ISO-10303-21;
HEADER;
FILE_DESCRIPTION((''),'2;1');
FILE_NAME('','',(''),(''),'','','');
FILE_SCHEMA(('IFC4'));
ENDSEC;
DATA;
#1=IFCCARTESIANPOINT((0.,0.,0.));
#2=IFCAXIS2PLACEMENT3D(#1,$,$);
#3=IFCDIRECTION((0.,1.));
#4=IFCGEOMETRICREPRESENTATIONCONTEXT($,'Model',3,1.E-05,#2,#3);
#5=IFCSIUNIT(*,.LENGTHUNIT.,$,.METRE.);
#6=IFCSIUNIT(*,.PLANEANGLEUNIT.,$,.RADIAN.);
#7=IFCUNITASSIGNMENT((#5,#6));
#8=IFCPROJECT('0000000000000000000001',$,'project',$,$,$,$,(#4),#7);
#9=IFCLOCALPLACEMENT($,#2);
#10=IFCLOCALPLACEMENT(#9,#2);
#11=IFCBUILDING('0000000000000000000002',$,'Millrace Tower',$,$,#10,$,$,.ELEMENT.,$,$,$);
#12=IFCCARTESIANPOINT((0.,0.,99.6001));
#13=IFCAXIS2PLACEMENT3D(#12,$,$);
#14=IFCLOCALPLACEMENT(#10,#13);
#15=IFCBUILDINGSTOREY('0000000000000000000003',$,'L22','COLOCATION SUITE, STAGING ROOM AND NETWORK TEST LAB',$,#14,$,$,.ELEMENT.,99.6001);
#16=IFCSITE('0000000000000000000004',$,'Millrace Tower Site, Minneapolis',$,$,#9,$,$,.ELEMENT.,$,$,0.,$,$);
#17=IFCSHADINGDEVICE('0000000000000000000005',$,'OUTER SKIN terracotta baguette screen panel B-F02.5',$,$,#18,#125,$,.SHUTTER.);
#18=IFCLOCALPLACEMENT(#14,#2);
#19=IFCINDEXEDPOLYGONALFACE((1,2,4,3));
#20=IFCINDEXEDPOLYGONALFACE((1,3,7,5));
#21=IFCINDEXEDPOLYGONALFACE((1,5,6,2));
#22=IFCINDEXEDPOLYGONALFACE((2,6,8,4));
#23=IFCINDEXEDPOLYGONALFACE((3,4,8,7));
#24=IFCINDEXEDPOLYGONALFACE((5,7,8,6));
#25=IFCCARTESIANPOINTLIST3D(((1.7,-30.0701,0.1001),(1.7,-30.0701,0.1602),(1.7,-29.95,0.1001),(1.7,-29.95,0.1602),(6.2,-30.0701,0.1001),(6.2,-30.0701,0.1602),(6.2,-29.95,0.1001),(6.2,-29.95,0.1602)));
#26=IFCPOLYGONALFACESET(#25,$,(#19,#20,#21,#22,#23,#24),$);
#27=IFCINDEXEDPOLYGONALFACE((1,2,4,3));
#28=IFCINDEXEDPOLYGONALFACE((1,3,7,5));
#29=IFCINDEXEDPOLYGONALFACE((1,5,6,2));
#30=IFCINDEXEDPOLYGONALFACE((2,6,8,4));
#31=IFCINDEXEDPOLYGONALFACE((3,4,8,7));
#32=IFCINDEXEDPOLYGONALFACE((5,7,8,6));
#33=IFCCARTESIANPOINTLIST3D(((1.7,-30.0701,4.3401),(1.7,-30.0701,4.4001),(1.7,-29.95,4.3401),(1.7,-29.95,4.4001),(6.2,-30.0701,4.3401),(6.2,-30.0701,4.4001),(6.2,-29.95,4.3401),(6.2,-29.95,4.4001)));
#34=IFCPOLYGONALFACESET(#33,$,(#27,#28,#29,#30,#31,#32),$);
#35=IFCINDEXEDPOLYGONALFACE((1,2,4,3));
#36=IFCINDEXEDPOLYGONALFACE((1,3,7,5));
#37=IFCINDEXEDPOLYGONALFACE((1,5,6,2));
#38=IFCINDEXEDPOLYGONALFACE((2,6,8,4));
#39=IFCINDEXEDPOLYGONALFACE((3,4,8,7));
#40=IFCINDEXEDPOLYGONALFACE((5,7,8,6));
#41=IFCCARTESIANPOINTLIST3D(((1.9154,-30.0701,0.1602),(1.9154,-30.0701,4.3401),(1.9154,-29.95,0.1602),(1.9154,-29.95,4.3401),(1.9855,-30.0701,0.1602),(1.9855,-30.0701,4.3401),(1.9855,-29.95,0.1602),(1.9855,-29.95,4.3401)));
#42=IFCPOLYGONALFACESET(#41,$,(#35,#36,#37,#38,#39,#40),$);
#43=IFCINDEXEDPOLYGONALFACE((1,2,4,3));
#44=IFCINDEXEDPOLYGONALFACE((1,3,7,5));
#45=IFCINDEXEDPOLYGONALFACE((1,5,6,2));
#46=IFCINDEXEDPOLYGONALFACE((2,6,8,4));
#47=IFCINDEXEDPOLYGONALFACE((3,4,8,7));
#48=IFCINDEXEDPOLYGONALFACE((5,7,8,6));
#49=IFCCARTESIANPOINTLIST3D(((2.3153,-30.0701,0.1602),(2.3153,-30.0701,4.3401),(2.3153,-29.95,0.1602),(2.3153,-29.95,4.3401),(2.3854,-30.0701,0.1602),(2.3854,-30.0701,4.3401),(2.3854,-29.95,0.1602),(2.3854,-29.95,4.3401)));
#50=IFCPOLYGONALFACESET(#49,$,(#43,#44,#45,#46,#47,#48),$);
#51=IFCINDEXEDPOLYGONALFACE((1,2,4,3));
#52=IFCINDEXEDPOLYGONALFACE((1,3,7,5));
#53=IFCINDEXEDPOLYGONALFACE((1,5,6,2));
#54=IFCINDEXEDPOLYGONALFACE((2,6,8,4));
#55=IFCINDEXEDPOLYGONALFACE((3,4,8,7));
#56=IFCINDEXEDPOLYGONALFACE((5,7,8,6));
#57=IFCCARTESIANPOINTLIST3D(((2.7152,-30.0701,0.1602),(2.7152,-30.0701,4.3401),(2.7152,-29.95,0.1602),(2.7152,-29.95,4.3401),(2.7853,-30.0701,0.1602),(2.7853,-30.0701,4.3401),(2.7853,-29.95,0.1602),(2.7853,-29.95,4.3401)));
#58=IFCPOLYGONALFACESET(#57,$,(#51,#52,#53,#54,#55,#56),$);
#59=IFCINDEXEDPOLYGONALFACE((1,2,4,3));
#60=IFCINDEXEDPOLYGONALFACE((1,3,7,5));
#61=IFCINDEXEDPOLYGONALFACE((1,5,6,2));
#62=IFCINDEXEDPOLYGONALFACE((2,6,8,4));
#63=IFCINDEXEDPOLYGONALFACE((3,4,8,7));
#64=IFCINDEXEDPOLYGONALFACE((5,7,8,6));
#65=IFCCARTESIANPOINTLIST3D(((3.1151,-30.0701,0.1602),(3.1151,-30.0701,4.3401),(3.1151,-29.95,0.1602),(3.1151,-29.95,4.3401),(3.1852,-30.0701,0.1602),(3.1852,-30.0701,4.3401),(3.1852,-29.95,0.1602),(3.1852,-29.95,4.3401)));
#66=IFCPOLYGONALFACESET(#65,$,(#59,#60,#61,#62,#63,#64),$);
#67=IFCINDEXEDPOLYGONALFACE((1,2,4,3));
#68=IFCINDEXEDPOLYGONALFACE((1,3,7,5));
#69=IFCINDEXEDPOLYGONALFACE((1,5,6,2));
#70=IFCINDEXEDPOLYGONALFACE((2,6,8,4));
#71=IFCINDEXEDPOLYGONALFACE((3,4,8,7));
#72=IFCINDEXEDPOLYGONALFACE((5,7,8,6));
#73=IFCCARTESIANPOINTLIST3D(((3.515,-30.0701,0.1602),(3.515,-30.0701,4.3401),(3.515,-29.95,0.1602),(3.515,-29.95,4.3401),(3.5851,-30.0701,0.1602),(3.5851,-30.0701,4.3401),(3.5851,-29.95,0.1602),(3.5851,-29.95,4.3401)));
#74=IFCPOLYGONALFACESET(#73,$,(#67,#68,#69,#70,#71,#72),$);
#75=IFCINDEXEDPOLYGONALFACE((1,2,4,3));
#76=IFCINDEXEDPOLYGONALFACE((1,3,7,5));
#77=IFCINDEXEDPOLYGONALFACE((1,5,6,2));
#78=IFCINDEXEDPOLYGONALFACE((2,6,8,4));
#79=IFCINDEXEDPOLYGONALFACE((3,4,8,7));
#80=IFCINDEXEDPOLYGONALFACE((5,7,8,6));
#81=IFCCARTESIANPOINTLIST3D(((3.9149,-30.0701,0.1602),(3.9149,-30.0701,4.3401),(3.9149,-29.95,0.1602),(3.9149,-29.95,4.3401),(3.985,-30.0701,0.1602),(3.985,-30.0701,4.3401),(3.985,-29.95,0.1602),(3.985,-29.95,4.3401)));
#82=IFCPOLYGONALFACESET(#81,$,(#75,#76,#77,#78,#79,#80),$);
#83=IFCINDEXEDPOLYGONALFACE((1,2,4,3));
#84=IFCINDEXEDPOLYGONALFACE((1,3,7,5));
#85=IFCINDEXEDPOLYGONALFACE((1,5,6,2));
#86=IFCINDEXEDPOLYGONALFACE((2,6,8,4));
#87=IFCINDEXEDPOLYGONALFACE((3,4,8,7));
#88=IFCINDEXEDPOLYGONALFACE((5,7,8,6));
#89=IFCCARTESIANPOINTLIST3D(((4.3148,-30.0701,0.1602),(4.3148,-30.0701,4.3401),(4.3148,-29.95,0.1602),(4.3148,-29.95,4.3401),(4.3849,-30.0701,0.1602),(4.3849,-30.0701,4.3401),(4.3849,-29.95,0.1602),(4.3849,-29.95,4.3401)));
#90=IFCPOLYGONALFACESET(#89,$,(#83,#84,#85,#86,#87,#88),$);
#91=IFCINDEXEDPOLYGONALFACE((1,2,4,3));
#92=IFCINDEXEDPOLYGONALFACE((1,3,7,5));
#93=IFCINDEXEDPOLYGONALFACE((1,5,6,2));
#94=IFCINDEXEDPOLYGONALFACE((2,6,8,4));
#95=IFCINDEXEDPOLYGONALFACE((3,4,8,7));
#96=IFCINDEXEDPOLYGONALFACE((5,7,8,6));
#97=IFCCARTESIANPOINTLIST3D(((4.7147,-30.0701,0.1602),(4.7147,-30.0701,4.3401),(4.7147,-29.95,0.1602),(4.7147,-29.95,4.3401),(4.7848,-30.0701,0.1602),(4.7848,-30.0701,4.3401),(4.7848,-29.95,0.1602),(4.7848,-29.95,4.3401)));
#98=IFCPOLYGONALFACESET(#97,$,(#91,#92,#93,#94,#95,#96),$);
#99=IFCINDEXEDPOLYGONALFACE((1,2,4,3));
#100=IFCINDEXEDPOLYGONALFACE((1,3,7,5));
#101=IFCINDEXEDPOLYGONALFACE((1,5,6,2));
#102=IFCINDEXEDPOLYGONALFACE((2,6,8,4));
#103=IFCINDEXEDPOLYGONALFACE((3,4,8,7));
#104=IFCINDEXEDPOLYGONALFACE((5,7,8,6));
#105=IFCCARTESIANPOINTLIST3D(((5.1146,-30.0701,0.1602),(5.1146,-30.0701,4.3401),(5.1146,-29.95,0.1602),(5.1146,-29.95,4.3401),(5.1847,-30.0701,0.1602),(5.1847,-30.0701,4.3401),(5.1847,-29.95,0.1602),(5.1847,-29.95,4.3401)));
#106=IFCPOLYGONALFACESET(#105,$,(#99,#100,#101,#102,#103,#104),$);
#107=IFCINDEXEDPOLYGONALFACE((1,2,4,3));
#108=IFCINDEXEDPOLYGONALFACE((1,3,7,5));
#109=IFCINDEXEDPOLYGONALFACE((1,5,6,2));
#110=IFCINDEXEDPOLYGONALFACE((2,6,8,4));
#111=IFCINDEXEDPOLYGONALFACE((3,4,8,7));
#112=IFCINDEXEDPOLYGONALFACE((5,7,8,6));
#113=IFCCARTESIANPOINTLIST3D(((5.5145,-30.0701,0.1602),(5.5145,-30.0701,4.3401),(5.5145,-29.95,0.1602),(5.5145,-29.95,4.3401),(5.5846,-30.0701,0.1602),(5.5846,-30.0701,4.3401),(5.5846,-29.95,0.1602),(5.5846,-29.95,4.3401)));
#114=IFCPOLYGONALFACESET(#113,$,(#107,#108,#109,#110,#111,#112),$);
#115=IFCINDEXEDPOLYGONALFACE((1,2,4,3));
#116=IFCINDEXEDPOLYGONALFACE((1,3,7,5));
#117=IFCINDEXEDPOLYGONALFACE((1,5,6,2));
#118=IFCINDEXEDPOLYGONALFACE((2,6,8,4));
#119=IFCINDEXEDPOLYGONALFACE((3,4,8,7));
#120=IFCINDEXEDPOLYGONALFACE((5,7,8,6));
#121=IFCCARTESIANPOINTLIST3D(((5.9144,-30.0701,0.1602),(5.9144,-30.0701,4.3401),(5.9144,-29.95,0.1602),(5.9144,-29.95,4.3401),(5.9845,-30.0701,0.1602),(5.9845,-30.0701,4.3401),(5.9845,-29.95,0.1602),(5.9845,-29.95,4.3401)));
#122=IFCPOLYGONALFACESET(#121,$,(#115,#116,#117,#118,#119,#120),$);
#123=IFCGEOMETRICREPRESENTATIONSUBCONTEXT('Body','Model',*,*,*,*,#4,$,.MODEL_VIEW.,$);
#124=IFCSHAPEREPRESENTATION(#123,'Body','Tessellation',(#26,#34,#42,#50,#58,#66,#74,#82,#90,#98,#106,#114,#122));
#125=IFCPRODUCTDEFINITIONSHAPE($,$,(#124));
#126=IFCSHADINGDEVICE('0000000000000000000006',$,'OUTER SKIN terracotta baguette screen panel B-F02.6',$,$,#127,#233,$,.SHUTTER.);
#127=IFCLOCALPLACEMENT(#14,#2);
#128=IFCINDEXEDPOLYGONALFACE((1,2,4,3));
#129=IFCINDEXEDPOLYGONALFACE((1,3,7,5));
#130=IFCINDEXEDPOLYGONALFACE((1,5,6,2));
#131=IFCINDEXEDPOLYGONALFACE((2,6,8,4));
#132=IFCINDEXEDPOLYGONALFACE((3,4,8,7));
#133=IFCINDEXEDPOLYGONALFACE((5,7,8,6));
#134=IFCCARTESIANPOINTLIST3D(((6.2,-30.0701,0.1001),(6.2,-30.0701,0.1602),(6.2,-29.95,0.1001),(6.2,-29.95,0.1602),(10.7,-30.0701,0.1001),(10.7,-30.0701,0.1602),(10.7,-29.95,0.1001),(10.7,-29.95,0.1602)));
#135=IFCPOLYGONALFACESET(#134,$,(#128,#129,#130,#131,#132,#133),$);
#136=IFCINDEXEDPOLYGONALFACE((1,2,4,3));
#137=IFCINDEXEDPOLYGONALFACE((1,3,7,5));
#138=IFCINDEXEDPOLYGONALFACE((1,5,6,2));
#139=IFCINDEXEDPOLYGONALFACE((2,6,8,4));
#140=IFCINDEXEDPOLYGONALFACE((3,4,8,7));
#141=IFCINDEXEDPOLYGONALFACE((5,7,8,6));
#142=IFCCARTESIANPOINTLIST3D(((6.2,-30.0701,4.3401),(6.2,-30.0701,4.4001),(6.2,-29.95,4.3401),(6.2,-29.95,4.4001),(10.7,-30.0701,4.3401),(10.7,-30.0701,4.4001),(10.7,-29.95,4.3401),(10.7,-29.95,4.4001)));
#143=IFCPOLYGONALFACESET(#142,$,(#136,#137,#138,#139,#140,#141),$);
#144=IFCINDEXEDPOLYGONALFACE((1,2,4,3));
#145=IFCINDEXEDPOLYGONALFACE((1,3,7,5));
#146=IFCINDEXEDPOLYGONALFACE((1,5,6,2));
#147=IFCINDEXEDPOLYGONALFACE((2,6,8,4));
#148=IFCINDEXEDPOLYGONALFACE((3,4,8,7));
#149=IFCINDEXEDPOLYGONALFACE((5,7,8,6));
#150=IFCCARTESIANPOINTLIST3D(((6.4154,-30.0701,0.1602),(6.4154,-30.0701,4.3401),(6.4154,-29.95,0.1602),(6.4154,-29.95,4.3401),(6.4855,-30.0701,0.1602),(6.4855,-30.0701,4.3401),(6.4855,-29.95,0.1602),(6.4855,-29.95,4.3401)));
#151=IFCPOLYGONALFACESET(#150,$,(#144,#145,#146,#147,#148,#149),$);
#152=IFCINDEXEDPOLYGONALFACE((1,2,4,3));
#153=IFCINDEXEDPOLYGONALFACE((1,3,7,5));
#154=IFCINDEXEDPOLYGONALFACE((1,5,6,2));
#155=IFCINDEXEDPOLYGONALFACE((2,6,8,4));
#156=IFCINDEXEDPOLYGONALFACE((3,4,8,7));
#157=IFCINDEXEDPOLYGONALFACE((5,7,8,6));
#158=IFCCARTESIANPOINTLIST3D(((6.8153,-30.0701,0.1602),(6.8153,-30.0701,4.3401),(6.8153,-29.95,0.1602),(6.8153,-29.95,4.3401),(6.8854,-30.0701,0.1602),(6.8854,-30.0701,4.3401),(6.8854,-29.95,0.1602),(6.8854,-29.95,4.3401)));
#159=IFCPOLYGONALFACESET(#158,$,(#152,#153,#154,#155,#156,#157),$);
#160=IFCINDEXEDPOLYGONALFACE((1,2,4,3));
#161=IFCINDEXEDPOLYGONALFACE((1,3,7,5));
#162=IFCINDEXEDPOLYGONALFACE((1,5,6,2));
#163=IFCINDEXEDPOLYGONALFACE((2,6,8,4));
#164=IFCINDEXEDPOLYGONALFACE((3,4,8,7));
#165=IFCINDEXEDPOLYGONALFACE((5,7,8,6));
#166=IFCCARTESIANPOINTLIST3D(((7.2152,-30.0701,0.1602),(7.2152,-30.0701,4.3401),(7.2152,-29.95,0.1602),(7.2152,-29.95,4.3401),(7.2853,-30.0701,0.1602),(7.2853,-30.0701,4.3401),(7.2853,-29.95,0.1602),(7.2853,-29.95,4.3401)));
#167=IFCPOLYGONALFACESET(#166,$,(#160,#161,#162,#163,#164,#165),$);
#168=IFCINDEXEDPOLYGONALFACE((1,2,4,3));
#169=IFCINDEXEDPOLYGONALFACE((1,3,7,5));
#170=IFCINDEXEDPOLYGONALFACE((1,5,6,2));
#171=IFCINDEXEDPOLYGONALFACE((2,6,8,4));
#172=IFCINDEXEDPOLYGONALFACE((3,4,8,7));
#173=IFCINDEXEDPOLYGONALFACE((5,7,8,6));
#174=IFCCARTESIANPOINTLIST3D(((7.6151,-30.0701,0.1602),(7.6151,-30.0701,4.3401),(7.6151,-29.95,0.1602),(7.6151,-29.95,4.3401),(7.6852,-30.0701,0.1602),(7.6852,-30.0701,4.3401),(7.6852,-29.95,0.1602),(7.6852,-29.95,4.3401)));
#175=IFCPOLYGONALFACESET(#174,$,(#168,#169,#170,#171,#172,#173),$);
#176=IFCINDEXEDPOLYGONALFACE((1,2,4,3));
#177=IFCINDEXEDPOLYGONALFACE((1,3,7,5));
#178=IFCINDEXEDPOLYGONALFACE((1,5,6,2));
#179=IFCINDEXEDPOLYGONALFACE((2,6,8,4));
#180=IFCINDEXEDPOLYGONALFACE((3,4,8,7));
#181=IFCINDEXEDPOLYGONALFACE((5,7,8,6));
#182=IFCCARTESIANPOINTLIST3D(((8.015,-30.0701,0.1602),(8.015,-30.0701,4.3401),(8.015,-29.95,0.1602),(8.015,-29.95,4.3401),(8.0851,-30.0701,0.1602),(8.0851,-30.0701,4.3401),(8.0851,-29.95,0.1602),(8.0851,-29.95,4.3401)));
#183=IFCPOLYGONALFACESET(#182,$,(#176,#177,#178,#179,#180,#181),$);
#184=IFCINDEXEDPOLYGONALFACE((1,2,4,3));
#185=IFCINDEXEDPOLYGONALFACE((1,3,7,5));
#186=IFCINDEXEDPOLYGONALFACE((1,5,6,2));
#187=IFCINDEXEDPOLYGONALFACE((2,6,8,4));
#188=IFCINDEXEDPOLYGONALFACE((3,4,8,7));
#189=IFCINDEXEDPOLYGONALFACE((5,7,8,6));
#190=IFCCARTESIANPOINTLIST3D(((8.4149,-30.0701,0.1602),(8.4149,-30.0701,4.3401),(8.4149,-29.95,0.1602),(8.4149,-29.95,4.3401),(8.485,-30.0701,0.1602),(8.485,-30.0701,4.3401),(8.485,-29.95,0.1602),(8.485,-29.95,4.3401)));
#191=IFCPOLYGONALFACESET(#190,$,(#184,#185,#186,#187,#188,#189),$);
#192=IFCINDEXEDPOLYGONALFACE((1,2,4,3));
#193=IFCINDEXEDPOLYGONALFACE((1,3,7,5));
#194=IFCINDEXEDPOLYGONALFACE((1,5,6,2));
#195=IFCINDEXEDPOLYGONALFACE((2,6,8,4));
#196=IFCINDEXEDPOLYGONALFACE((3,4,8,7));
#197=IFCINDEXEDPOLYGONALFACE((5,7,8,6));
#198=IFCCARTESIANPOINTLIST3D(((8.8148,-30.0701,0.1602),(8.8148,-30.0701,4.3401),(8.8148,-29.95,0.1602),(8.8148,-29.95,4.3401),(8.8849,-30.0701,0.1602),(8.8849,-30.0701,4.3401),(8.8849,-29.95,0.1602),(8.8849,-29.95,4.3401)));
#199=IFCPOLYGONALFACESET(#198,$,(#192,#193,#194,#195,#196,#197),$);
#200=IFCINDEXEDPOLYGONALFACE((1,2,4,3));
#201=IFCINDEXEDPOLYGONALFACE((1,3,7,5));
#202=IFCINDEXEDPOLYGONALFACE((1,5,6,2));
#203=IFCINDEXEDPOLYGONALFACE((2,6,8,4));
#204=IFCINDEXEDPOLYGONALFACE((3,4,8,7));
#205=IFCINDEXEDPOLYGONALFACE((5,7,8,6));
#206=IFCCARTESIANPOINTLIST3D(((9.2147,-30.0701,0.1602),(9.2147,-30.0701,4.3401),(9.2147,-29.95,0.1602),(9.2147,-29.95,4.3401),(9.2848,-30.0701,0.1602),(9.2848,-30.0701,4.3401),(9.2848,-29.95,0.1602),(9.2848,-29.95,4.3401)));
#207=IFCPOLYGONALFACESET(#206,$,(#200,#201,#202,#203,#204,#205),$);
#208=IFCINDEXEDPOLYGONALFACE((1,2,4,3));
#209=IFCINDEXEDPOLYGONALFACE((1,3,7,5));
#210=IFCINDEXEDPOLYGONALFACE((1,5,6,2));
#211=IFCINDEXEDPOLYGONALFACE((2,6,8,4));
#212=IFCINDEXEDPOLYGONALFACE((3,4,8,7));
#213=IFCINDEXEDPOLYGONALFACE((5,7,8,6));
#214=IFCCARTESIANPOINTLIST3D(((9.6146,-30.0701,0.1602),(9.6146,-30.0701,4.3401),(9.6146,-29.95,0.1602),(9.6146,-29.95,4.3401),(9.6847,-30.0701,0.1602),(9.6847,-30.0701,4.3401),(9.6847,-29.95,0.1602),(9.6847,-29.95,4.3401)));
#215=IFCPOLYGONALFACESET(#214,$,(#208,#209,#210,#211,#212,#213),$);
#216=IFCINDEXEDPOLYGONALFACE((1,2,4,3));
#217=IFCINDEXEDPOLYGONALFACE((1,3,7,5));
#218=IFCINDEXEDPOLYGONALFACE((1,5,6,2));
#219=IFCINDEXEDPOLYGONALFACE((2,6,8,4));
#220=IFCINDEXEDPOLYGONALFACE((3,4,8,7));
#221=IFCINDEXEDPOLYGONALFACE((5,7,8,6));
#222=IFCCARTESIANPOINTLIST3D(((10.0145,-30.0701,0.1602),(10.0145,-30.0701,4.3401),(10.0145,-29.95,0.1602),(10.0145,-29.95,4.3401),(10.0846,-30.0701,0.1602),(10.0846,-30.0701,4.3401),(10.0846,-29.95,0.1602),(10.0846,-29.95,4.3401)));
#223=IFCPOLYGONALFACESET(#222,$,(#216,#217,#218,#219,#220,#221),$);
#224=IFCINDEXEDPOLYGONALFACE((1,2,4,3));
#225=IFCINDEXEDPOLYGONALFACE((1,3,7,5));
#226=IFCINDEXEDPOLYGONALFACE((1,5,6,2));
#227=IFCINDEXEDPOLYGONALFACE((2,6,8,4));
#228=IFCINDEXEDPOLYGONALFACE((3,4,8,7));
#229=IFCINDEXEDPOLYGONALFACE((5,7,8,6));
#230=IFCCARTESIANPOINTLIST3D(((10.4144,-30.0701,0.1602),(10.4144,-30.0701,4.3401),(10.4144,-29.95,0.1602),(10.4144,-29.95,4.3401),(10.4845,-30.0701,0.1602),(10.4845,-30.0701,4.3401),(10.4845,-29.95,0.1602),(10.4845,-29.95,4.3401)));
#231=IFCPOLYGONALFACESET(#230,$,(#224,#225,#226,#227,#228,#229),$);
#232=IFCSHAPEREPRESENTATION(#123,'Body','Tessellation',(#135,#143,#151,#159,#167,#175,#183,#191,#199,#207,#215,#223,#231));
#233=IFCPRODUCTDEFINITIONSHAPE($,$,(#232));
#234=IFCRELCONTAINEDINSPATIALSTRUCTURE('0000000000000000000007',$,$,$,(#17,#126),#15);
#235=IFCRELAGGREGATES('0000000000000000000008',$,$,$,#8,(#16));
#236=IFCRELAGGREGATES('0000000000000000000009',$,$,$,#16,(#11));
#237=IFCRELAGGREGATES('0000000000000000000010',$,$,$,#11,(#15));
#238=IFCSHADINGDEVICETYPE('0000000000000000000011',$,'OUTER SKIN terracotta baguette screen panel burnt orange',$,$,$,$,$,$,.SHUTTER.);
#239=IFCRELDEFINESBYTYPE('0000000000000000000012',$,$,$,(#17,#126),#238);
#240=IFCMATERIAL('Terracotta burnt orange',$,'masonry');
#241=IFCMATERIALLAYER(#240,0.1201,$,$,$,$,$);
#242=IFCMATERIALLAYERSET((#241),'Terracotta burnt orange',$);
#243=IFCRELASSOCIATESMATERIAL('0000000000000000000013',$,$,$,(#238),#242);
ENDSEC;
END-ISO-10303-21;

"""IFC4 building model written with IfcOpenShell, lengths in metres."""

from ifc_helpers import new_model, entity, si_unit, direction, frame, frame_2d, origin, origin_2d, place, context, subcontext, project, spatial, rectangle, extrude, source, transform, mapped, material, layer, layer_set, type_object, element, save


model = new_model("IFC4")

# Units and contexts
model_context = context("Model", 3, precision=1e-05, world=origin(), true_north=direction((0.0, 1.0)))
body_context = subcontext(model_context, "Body", "Model", "MODEL_VIEW")
ifc_project = project(units=[si_unit("LENGTHUNIT", "METRE"), si_unit("PLANEANGLEUNIT", "RADIAN")], contexts=[model_context])

# Site, building, storey
site_placement = place(None, origin())
site = spatial("IfcSite", under=ifc_project, at=site_placement, Name="Millrace Tower Site, Minneapolis", CompositionType="ELEMENT", RefElevation=0.0)
building_placement = place(site_placement, origin())
building = spatial("IfcBuilding", under=site, at=building_placement, Name="Millrace Tower", CompositionType="ELEMENT")
storey_placement = place(building_placement, frame((0.0, 0.0, 99.6001)))
storey = spatial("IfcBuildingStorey", under=building, at=storey_placement, Name="L22", Description="COLOCATION SUITE, STAGING ROOM AND NETWORK TEST LAB", CompositionType="ELEMENT", Elevation=99.6001)

# Shading devices
ifc_material_1 = material(Name="Terracotta burnt orange", Category="masonry")
ifc_layer_1 = layer(ifc_material_1, 0.1201)
ifc_layer_set_1 = layer_set([ifc_layer_1], Name="Terracotta burnt orange")
shading_device_type = type_object("IfcShadingDeviceType", Name="OUTER SKIN terracotta baguette screen panel burnt orange", PredefinedType="SHUTTER", material=ifc_layer_set_1)
cartesian_point = entity("IfcCartesianPoint", [-2.25, 0.0601])
shared_polyline = entity("IfcPolyline", [cartesian_point, entity("IfcCartesianPoint", [2.25, 0.0601]), entity("IfcCartesianPoint", [2.25, -0.0601]), entity("IfcCartesianPoint", [-2.25, -0.0601]), cartesian_point])
shared_shape = source(origin(), body_context, "Body", "SweptSolid", [
    entity("IfcExtrudedAreaSolid", entity("IfcArbitraryClosedProfileDef", "AREA", None, shared_polyline), entity("IfcAxis2Placement3D", entity("IfcCartesianPoint", [0.0, 0.0, 0.0])), entity("IfcDirection", [0.0, 0.0, 1.0]), 0.0601),
    entity("IfcExtrudedAreaSolid", entity("IfcArbitraryClosedProfileDef", "AREA", None, shared_polyline), entity("IfcAxis2Placement3D", entity("IfcCartesianPoint", [0.0, 0.0, 4.24])), entity("IfcDirection", [0.0, 0.0, 1.0]), 0.0601),
    extrude(rectangle(XDim=0.0701, YDim=0.1201, at=frame_2d((-1.9995, 0.0))), frame((0.0, 0.0, 0.0601)), (0.0, 0.0, 1.0), 4.1799),
    extrude(rectangle(XDim=0.0701, YDim=0.1201, at=frame_2d((-1.5996, 0.0))), frame((0.0, 0.0, 0.0601)), (0.0, 0.0, 1.0), 4.1799),
    extrude(rectangle(XDim=0.0701, YDim=0.1201, at=frame_2d((-1.1997, 0.0))), frame((0.0, 0.0, 0.0601)), (0.0, 0.0, 1.0), 4.1799),
    extrude(rectangle(XDim=0.0701, YDim=0.1201, at=frame_2d((-0.7998, 0.0))), frame((0.0, 0.0, 0.0601)), (0.0, 0.0, 1.0), 4.1799),
    extrude(rectangle(XDim=0.0701, YDim=0.1201, at=frame_2d((-0.3999, 0.0))), frame((0.0, 0.0, 0.0601)), (0.0, 0.0, 1.0), 4.1799),
    extrude(rectangle(XDim=0.0701, YDim=0.1201, at=origin_2d()), frame((0.0, 0.0, 0.0601)), (0.0, 0.0, 1.0), 4.1799),
    extrude(rectangle(XDim=0.0701, YDim=0.1201, at=frame_2d((0.3999, 0.0))), frame((0.0, 0.0, 0.0601)), (0.0, 0.0, 1.0), 4.1799),
    extrude(rectangle(XDim=0.0701, YDim=0.1201, at=frame_2d((0.7998, 0.0))), frame((0.0, 0.0, 0.0601)), (0.0, 0.0, 1.0), 4.1799),
    extrude(rectangle(XDim=0.0701, YDim=0.1201, at=frame_2d((1.1997, 0.0))), frame((0.0, 0.0, 0.0601)), (0.0, 0.0, 1.0), 4.1799),
    extrude(rectangle(XDim=0.0701, YDim=0.1201, at=frame_2d((1.5996, 0.0))), frame((0.0, 0.0, 0.0601)), (0.0, 0.0, 1.0), 4.1799),
    extrude(rectangle(XDim=0.0701, YDim=0.1201, at=frame_2d((1.9995, 0.0))), frame((0.0, 0.0, 0.0601)), (0.0, 0.0, 1.0), 4.1799),
])
for number, where, z_axis, x_axis, name in (
    (1, (3.95, -30.01, 0.1001), (0.0, 0.0, 1.0), (1.0, 0.0, 0.0), "OUTER SKIN terracotta baguette screen panel B-F02.5"),
    (2, (8.45, -30.01, 0.1001), (0.0, 0.0, 1.0), (1.0, 0.0, 0.0), "OUTER SKIN terracotta baguette screen panel B-F02.6"),
):
    element("IfcShadingDevice", number, at=place(storey_placement, frame(where, z_axis=z_axis, x_axis=x_axis)), inside=storey, type_object=shading_device_type, Name=name, PredefinedType="SHUTTER", context=body_context, shape_type="MappedRepresentation", body=[
        mapped(shared_shape, transform((0.0, 0.0, 0.0), scale=1.0)),
    ])

save(model, "model.ifc")
